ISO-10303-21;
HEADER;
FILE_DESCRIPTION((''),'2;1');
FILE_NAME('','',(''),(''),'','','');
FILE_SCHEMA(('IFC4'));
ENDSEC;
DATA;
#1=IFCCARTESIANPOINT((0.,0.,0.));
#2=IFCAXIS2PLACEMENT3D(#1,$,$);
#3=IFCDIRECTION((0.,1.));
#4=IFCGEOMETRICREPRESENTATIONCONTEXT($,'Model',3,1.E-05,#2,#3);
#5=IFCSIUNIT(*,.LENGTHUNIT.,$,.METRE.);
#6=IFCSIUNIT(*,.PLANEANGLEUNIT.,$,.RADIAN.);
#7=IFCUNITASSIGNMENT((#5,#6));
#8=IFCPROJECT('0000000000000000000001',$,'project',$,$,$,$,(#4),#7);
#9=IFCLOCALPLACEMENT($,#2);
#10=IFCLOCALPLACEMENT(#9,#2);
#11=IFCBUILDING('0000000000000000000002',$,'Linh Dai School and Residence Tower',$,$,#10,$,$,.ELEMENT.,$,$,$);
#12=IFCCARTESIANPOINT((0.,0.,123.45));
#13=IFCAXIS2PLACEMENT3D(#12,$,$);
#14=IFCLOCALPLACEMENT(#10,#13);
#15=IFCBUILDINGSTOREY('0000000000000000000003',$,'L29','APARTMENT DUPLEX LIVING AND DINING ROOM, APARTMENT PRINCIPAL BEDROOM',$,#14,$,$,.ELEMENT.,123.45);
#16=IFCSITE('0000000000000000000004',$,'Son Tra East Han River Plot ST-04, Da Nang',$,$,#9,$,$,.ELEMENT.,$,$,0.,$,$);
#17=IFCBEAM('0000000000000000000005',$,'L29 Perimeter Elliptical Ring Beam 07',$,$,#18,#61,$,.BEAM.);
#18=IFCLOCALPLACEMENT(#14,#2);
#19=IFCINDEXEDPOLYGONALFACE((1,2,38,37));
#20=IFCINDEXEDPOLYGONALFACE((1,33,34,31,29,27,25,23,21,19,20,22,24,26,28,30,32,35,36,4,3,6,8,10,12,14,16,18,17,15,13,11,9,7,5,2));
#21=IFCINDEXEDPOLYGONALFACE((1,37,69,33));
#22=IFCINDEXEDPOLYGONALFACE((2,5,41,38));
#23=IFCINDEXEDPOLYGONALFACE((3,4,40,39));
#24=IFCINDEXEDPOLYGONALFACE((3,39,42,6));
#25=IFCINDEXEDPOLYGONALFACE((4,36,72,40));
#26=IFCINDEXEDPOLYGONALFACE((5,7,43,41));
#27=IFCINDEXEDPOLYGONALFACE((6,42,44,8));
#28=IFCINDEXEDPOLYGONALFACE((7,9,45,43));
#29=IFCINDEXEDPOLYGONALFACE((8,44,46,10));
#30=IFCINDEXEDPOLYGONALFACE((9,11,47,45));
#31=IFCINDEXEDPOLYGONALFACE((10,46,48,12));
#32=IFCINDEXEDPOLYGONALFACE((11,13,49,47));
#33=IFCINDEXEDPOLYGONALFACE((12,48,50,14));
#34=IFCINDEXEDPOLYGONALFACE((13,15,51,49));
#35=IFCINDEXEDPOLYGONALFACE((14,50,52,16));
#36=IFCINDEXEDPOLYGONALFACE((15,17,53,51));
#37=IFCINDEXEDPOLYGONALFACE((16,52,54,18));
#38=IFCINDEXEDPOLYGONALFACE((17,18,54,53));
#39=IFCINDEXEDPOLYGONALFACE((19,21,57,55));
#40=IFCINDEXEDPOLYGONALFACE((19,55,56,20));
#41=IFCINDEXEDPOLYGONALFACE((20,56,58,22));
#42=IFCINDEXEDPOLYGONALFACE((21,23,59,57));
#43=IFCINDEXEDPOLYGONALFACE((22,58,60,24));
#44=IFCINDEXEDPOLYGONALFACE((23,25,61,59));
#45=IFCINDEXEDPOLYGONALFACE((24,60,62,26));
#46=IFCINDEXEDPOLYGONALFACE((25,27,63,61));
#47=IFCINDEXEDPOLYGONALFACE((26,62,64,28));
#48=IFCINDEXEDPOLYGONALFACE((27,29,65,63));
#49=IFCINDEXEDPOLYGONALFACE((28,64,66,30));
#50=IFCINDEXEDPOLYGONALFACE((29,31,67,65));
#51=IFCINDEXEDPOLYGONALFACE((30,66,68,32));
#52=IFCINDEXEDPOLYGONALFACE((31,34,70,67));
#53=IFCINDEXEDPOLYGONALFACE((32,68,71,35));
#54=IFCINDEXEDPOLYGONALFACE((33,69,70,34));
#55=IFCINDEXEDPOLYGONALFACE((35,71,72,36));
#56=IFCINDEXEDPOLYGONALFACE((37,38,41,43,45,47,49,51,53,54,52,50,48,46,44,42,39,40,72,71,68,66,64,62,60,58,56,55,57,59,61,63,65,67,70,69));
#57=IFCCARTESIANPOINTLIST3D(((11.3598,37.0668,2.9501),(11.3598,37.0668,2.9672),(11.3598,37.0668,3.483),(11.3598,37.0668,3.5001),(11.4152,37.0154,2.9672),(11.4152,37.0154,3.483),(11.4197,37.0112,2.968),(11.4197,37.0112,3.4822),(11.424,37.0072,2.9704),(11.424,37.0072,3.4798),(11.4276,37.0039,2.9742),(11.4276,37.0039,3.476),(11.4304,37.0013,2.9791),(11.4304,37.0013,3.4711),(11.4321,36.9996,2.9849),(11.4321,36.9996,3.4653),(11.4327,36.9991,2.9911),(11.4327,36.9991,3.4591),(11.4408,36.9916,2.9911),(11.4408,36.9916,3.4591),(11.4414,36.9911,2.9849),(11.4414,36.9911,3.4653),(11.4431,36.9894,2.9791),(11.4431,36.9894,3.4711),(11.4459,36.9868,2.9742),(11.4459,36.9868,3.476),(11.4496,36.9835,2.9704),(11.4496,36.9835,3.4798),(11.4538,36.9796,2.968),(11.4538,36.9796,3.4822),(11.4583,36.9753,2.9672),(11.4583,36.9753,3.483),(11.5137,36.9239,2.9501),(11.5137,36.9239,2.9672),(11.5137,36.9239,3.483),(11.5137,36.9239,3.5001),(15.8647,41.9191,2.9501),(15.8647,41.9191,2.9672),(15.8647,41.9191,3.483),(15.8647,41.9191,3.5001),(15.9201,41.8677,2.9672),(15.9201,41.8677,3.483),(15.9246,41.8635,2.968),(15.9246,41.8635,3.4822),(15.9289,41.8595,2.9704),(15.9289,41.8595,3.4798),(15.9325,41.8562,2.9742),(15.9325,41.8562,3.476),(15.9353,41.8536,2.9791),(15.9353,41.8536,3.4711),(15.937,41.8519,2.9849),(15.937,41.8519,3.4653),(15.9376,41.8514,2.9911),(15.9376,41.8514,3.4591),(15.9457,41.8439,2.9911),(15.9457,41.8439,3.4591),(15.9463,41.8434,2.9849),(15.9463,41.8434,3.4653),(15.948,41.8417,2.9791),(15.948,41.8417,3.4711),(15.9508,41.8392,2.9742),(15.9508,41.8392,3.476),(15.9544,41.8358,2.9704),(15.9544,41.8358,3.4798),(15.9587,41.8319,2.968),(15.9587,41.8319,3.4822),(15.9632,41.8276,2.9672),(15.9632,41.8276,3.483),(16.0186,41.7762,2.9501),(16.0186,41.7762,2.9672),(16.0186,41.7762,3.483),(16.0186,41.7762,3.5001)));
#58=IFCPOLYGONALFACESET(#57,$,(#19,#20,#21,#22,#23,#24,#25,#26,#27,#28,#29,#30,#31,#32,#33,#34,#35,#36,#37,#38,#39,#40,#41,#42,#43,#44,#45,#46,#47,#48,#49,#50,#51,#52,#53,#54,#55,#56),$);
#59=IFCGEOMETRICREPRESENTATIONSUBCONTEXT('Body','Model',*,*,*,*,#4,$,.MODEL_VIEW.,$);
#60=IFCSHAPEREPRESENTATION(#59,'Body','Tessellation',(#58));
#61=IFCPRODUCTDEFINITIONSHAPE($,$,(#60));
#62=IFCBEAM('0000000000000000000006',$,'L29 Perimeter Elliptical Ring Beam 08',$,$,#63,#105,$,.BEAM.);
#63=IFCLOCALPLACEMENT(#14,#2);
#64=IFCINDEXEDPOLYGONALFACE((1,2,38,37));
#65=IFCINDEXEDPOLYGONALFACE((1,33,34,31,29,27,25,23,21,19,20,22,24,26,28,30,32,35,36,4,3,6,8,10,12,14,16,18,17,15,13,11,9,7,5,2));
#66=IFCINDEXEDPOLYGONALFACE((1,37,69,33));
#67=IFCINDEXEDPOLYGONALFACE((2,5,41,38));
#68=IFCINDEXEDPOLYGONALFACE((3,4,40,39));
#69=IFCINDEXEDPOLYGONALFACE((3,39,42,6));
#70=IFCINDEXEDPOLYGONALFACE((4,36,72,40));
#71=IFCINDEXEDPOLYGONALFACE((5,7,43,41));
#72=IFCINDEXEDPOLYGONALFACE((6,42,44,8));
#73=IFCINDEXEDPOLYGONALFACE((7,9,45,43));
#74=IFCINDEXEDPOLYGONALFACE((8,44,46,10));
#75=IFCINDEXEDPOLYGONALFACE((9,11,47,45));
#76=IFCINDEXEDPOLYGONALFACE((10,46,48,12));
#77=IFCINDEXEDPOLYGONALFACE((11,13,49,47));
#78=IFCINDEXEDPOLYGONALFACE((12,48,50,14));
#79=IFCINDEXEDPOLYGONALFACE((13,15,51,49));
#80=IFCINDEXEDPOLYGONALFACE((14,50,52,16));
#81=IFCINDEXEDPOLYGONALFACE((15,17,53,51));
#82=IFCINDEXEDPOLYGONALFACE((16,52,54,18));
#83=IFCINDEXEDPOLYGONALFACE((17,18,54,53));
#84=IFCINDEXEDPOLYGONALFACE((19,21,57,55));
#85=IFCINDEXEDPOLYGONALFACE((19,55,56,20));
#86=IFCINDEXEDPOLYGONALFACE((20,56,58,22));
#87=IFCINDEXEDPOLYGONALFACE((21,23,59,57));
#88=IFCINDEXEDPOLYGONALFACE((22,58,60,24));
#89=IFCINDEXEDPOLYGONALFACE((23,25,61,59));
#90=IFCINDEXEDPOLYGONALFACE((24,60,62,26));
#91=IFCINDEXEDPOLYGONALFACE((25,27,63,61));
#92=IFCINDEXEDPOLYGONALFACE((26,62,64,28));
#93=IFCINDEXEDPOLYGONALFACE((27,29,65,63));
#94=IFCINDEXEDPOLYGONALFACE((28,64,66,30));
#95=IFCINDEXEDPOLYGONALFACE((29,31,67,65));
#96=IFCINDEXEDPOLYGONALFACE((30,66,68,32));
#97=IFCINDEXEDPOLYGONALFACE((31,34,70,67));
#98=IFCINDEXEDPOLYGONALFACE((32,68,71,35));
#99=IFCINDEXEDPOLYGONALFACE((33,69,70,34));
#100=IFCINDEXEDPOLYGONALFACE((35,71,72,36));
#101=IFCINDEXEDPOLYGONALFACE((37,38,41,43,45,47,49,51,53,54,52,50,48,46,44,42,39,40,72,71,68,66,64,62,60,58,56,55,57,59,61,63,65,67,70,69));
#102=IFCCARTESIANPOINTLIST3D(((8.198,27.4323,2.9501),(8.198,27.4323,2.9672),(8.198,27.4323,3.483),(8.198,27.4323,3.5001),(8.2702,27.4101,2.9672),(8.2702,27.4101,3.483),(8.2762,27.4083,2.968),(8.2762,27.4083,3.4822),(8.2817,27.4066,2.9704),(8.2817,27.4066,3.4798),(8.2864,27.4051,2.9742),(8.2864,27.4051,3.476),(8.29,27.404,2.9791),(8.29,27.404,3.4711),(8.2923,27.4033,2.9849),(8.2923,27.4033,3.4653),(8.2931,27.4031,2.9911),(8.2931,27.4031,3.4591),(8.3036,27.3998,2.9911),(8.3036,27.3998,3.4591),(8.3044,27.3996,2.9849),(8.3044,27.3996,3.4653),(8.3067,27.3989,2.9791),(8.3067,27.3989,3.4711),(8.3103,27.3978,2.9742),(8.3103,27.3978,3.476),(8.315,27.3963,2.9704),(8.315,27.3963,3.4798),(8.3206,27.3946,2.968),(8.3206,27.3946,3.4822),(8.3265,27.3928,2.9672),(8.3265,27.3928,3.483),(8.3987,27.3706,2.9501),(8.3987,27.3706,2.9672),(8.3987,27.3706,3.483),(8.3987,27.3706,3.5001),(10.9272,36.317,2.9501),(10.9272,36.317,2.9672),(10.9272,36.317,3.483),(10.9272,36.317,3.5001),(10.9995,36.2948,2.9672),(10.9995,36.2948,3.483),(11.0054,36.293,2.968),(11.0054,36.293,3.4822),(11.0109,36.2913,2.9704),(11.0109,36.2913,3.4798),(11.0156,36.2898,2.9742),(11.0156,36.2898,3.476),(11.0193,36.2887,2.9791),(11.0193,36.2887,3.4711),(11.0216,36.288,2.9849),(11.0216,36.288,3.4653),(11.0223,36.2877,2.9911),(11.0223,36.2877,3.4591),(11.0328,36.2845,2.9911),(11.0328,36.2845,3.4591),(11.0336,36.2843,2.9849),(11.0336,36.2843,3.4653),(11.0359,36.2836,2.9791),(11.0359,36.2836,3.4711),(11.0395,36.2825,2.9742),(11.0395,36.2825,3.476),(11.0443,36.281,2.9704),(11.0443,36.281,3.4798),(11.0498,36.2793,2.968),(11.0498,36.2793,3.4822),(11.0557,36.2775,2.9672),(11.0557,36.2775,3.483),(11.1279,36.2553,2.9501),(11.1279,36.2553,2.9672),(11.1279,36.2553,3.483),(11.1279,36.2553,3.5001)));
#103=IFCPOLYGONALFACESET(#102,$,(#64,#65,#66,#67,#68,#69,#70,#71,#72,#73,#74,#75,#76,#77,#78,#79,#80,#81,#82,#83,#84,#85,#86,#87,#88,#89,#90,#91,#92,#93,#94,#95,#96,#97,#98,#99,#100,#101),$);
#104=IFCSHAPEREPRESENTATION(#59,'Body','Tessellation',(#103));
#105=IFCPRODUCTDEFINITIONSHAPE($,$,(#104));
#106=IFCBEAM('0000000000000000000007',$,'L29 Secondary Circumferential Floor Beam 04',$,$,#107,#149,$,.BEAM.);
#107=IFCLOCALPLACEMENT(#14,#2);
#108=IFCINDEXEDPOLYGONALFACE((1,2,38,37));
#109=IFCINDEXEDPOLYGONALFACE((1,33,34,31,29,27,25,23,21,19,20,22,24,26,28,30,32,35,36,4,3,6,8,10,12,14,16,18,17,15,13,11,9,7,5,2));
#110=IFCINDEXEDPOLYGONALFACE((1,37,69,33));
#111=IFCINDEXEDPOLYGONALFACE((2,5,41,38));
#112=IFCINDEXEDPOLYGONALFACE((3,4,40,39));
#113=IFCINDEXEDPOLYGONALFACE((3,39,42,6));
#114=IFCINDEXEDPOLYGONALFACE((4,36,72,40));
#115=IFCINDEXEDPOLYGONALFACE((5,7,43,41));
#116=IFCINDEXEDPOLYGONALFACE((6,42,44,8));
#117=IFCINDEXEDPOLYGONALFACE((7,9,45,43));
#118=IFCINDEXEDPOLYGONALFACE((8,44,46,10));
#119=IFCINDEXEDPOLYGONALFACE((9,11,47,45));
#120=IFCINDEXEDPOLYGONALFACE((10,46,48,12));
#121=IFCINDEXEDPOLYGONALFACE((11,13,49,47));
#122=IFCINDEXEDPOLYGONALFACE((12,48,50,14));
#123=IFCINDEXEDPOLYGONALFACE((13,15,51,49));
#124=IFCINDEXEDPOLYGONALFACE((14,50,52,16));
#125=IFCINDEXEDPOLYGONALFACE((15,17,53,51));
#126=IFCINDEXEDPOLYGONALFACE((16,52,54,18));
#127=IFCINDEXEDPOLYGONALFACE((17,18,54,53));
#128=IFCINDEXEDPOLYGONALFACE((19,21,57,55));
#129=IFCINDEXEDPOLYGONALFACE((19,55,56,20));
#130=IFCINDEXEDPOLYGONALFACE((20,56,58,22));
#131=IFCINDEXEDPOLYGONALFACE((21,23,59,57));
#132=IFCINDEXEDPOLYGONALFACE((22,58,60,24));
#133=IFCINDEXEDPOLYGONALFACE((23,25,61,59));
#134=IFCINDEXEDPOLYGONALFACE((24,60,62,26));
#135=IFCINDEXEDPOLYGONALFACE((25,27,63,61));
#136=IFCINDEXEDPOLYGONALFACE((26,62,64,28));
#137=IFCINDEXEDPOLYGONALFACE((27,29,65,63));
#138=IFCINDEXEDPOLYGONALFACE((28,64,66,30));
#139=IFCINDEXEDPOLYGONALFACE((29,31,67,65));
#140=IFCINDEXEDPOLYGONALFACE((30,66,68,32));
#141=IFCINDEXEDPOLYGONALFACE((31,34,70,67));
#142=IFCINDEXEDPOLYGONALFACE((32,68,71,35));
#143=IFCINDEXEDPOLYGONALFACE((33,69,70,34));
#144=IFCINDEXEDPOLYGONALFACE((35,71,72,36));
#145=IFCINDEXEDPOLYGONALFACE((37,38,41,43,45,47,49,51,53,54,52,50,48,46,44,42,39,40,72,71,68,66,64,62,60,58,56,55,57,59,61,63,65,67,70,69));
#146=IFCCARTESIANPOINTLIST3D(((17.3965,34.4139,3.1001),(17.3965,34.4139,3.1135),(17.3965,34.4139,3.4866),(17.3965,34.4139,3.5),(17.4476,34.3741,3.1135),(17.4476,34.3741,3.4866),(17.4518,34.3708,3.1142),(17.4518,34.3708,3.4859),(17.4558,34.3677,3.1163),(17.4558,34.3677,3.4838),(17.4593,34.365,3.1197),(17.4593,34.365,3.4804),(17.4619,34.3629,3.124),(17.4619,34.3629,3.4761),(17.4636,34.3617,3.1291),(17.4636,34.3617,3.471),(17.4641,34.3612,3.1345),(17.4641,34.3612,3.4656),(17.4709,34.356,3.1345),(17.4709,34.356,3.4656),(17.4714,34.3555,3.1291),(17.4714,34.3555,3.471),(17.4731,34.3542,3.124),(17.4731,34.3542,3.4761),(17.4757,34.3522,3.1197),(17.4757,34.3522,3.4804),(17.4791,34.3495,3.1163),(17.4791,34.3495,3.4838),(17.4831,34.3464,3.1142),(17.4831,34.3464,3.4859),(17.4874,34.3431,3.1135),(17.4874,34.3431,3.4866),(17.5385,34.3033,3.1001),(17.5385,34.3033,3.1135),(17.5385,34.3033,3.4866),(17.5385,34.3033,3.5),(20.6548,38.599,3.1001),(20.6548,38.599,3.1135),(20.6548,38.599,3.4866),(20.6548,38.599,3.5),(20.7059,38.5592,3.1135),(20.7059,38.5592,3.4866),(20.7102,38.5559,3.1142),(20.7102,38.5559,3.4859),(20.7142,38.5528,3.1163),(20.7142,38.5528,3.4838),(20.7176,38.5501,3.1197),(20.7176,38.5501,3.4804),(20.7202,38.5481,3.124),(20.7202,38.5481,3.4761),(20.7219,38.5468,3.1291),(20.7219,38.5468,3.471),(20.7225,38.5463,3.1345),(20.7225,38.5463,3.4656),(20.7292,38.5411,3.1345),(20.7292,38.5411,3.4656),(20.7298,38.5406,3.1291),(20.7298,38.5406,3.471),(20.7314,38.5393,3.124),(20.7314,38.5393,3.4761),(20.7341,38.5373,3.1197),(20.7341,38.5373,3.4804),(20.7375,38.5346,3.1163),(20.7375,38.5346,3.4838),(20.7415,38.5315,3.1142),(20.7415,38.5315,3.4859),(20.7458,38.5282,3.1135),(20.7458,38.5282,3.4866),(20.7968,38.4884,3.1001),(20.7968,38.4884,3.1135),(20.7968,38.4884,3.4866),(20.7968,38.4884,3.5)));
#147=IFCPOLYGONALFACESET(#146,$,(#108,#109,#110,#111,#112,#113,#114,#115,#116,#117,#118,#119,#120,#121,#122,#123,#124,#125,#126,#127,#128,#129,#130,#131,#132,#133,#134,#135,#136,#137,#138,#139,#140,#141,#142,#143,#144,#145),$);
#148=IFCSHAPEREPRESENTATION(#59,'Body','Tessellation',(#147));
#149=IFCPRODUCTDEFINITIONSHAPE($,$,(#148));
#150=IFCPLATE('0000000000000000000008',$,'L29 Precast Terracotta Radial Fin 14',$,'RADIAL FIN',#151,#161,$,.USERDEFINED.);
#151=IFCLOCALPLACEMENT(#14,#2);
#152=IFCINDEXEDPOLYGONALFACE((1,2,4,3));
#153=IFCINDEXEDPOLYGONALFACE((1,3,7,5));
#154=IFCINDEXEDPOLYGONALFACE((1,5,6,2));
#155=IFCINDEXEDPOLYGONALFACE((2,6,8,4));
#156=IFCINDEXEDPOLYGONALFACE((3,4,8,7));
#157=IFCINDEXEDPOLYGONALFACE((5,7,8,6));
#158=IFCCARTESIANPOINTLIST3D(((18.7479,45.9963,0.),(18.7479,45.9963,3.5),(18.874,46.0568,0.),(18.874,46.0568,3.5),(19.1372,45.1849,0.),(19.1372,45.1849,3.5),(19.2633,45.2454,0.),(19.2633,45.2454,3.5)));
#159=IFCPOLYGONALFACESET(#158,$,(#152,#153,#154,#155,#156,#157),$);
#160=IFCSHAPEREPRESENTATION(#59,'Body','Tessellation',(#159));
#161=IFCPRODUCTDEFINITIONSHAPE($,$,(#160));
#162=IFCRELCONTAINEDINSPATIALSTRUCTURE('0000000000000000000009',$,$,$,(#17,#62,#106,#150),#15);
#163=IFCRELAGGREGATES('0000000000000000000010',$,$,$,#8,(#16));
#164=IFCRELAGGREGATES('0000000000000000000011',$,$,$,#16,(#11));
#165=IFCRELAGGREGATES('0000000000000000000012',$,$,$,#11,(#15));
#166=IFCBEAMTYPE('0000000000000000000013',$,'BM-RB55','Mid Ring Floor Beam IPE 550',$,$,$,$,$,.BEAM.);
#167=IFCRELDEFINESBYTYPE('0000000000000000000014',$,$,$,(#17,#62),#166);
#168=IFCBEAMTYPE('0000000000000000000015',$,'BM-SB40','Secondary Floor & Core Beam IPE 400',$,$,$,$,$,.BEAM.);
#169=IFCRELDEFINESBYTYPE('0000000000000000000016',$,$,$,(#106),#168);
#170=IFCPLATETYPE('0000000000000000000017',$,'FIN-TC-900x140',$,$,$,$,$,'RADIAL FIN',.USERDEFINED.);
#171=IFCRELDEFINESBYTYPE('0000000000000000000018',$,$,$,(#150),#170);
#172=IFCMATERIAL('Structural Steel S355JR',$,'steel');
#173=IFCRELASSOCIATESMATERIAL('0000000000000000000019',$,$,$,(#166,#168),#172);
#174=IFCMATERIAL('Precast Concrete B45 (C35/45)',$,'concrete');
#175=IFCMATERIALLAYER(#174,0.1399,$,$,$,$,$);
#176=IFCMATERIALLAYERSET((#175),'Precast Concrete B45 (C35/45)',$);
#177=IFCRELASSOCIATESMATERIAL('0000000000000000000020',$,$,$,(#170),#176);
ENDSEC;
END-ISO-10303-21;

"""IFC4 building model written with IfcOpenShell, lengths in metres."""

from ifc_helpers import new_model, si_unit, direction, frame, origin, origin_2d, place, context, subcontext, project, spatial, rectangle, i_section, extrude, source, transform, mapped, material, layer, layer_set, material_profile, profile_set, type_object, element, save


model = new_model("IFC4")

# Units and contexts
model_context = context("Model", 3, precision=1e-05, world=origin(), true_north=direction((0.0, 1.0)))
body_context = subcontext(model_context, "Body", "Model", "MODEL_VIEW")
ifc_project = project(units=[si_unit("LENGTHUNIT", "METRE"), si_unit("PLANEANGLEUNIT", "RADIAN")], contexts=[model_context])

# Site, building, storey
site_placement = place(None, origin())
site = spatial("IfcSite", under=ifc_project, at=site_placement, Name="Son Tra East Han River Plot ST-04, Da Nang", CompositionType="ELEMENT", RefElevation=0.0)
building_placement = place(site_placement, origin())
building = spatial("IfcBuilding", under=site, at=building_placement, Name="Linh Dai School and Residence Tower", CompositionType="ELEMENT")
storey_placement = place(building_placement, frame((0.0, 0.0, 123.45)))
storey = spatial("IfcBuildingStorey", under=building, at=storey_placement, Name="L29", Description="APARTMENT DUPLEX LIVING AND DINING ROOM, APARTMENT PRINCIPAL BEDROOM", CompositionType="ELEMENT", Elevation=123.45)

# Shared definitions
ifc_material_1 = material(Name="Structural Steel S355JR", Category="steel")

# Beams
ifc_material_profile_1 = material_profile(ifc_material_1, i_section(OverallWidth=0.21, OverallDepth=0.55, WebThickness=0.011, FlangeThickness=0.0171, FilletRadius=0.0239, at=origin_2d()), Name="IPE 550")
ifc_profile_set_1 = profile_set([ifc_material_profile_1], Name="Structural Steel S355JR")
beam_type_1 = type_object("IfcBeamType", Name="BM-RB55", Description="Mid Ring Floor Beam IPE 550", PredefinedType="BEAM", material=ifc_profile_set_1)
beam_1_placement = place(storey_placement, frame((15.9417, 41.8477, 3.2251), z_axis=(-0.680385, -0.732855, 0.0), x_axis=(0.732855, -0.680385, 0.0)))
element("IfcBeam", 1, at=beam_1_placement, inside=storey, type_object=beam_type_1, Name="L29 Perimeter Elliptical Ring Beam 07", PredefinedType="BEAM", context=body_context, shape_type="SweptSolid", body=[
    extrude(i_section(OverallWidth=0.21, OverallDepth=0.55, WebThickness=0.011, FlangeThickness=0.0171, FilletRadius=0.0239, at=origin_2d()), origin(), (0.0, 0.0, 1.0), 6.6211),
])
beam_2_placement = place(storey_placement, frame((11.0276, 36.2861, 3.2251), z_axis=(-0.293641, -0.955916, 0.0), x_axis=(0.955916, -0.293641, 0.0)))
element("IfcBeam", 2, at=beam_2_placement, inside=storey, type_object=beam_type_1, Name="L29 Perimeter Elliptical Ring Beam 08", PredefinedType="BEAM", context=body_context, shape_type="SweptSolid", body=[
    extrude(i_section(OverallWidth=0.21, OverallDepth=0.55, WebThickness=0.011, FlangeThickness=0.0171, FilletRadius=0.0239, at=origin_2d()), origin(), (0.0, 0.0, 1.0), 9.2944),
])
ifc_material_profile_2 = material_profile(ifc_material_1, i_section(OverallWidth=0.1799, OverallDepth=0.3999, WebThickness=0.0085, FlangeThickness=0.0134, FilletRadius=0.021, at=origin_2d()), Name="IPE 400")
ifc_profile_set_2 = profile_set([ifc_material_profile_2], Name="Structural Steel S355JR")
beam_type_2 = type_object("IfcBeamType", Name="BM-SB40", Description="Secondary Floor & Core Beam IPE 400", PredefinedType="BEAM", material=ifc_profile_set_2)
beam_3_placement = place(storey_placement, frame((20.7258, 38.5437, 3.3), z_axis=(-0.614323, -0.789055, 0.0), x_axis=(0.789055, -0.614323, 0.0)))
element("IfcBeam", 3, at=beam_3_placement, inside=storey, type_object=beam_type_2, Name="L29 Secondary Circumferential Floor Beam 04", PredefinedType="BEAM", context=body_context, shape_type="SweptSolid", body=[
    extrude(i_section(OverallWidth=0.1799, OverallDepth=0.3999, WebThickness=0.0085, FlangeThickness=0.0134, FilletRadius=0.021, at=origin_2d()), origin(), (0.0, 0.0, 1.0), 5.304),
])

# Plate
ifc_material_2 = material(Name="Precast Concrete B45 (C35/45)", Category="concrete")
ifc_layer_1 = layer(ifc_material_2, 0.1399)
ifc_layer_set_1 = layer_set([ifc_layer_1], Name="Precast Concrete B45 (C35/45)")
plate_type = type_object("IfcPlateType", Name="FIN-TC-900x140", ElementType="RADIAL FIN", PredefinedType="USERDEFINED", material=ifc_layer_set_1)
shared_shape_1 = source(origin(), body_context, "Body", "SweptSolid", [
    extrude(rectangle(XDim=0.8999, YDim=0.1399, at=origin_2d()), origin(), (0.0, 0.0, 1.0), 3.5),
])
plate_placement = place(storey_placement, frame((19.0056, 45.6208, 0.0), z_axis=(0.0, 0.0, 1.0), x_axis=(-0.432618, 0.901578, 0.0)))
element("IfcPlate", 4, at=plate_placement, inside=storey, type_object=plate_type, Name="L29 Precast Terracotta Radial Fin 14", ObjectType="RADIAL FIN", PredefinedType="USERDEFINED", context=body_context, shape_type="MappedRepresentation", body=[
    mapped(shared_shape_1, transform((0.0, 0.0, 0.0), x_axis=(1.0, 0.0, 0.0), y_axis=(0.0, 1.0, 0.0), z_axis=(0.0, 0.0, 1.0), scale=1.0)),
])

save(model, "model.ifc")
